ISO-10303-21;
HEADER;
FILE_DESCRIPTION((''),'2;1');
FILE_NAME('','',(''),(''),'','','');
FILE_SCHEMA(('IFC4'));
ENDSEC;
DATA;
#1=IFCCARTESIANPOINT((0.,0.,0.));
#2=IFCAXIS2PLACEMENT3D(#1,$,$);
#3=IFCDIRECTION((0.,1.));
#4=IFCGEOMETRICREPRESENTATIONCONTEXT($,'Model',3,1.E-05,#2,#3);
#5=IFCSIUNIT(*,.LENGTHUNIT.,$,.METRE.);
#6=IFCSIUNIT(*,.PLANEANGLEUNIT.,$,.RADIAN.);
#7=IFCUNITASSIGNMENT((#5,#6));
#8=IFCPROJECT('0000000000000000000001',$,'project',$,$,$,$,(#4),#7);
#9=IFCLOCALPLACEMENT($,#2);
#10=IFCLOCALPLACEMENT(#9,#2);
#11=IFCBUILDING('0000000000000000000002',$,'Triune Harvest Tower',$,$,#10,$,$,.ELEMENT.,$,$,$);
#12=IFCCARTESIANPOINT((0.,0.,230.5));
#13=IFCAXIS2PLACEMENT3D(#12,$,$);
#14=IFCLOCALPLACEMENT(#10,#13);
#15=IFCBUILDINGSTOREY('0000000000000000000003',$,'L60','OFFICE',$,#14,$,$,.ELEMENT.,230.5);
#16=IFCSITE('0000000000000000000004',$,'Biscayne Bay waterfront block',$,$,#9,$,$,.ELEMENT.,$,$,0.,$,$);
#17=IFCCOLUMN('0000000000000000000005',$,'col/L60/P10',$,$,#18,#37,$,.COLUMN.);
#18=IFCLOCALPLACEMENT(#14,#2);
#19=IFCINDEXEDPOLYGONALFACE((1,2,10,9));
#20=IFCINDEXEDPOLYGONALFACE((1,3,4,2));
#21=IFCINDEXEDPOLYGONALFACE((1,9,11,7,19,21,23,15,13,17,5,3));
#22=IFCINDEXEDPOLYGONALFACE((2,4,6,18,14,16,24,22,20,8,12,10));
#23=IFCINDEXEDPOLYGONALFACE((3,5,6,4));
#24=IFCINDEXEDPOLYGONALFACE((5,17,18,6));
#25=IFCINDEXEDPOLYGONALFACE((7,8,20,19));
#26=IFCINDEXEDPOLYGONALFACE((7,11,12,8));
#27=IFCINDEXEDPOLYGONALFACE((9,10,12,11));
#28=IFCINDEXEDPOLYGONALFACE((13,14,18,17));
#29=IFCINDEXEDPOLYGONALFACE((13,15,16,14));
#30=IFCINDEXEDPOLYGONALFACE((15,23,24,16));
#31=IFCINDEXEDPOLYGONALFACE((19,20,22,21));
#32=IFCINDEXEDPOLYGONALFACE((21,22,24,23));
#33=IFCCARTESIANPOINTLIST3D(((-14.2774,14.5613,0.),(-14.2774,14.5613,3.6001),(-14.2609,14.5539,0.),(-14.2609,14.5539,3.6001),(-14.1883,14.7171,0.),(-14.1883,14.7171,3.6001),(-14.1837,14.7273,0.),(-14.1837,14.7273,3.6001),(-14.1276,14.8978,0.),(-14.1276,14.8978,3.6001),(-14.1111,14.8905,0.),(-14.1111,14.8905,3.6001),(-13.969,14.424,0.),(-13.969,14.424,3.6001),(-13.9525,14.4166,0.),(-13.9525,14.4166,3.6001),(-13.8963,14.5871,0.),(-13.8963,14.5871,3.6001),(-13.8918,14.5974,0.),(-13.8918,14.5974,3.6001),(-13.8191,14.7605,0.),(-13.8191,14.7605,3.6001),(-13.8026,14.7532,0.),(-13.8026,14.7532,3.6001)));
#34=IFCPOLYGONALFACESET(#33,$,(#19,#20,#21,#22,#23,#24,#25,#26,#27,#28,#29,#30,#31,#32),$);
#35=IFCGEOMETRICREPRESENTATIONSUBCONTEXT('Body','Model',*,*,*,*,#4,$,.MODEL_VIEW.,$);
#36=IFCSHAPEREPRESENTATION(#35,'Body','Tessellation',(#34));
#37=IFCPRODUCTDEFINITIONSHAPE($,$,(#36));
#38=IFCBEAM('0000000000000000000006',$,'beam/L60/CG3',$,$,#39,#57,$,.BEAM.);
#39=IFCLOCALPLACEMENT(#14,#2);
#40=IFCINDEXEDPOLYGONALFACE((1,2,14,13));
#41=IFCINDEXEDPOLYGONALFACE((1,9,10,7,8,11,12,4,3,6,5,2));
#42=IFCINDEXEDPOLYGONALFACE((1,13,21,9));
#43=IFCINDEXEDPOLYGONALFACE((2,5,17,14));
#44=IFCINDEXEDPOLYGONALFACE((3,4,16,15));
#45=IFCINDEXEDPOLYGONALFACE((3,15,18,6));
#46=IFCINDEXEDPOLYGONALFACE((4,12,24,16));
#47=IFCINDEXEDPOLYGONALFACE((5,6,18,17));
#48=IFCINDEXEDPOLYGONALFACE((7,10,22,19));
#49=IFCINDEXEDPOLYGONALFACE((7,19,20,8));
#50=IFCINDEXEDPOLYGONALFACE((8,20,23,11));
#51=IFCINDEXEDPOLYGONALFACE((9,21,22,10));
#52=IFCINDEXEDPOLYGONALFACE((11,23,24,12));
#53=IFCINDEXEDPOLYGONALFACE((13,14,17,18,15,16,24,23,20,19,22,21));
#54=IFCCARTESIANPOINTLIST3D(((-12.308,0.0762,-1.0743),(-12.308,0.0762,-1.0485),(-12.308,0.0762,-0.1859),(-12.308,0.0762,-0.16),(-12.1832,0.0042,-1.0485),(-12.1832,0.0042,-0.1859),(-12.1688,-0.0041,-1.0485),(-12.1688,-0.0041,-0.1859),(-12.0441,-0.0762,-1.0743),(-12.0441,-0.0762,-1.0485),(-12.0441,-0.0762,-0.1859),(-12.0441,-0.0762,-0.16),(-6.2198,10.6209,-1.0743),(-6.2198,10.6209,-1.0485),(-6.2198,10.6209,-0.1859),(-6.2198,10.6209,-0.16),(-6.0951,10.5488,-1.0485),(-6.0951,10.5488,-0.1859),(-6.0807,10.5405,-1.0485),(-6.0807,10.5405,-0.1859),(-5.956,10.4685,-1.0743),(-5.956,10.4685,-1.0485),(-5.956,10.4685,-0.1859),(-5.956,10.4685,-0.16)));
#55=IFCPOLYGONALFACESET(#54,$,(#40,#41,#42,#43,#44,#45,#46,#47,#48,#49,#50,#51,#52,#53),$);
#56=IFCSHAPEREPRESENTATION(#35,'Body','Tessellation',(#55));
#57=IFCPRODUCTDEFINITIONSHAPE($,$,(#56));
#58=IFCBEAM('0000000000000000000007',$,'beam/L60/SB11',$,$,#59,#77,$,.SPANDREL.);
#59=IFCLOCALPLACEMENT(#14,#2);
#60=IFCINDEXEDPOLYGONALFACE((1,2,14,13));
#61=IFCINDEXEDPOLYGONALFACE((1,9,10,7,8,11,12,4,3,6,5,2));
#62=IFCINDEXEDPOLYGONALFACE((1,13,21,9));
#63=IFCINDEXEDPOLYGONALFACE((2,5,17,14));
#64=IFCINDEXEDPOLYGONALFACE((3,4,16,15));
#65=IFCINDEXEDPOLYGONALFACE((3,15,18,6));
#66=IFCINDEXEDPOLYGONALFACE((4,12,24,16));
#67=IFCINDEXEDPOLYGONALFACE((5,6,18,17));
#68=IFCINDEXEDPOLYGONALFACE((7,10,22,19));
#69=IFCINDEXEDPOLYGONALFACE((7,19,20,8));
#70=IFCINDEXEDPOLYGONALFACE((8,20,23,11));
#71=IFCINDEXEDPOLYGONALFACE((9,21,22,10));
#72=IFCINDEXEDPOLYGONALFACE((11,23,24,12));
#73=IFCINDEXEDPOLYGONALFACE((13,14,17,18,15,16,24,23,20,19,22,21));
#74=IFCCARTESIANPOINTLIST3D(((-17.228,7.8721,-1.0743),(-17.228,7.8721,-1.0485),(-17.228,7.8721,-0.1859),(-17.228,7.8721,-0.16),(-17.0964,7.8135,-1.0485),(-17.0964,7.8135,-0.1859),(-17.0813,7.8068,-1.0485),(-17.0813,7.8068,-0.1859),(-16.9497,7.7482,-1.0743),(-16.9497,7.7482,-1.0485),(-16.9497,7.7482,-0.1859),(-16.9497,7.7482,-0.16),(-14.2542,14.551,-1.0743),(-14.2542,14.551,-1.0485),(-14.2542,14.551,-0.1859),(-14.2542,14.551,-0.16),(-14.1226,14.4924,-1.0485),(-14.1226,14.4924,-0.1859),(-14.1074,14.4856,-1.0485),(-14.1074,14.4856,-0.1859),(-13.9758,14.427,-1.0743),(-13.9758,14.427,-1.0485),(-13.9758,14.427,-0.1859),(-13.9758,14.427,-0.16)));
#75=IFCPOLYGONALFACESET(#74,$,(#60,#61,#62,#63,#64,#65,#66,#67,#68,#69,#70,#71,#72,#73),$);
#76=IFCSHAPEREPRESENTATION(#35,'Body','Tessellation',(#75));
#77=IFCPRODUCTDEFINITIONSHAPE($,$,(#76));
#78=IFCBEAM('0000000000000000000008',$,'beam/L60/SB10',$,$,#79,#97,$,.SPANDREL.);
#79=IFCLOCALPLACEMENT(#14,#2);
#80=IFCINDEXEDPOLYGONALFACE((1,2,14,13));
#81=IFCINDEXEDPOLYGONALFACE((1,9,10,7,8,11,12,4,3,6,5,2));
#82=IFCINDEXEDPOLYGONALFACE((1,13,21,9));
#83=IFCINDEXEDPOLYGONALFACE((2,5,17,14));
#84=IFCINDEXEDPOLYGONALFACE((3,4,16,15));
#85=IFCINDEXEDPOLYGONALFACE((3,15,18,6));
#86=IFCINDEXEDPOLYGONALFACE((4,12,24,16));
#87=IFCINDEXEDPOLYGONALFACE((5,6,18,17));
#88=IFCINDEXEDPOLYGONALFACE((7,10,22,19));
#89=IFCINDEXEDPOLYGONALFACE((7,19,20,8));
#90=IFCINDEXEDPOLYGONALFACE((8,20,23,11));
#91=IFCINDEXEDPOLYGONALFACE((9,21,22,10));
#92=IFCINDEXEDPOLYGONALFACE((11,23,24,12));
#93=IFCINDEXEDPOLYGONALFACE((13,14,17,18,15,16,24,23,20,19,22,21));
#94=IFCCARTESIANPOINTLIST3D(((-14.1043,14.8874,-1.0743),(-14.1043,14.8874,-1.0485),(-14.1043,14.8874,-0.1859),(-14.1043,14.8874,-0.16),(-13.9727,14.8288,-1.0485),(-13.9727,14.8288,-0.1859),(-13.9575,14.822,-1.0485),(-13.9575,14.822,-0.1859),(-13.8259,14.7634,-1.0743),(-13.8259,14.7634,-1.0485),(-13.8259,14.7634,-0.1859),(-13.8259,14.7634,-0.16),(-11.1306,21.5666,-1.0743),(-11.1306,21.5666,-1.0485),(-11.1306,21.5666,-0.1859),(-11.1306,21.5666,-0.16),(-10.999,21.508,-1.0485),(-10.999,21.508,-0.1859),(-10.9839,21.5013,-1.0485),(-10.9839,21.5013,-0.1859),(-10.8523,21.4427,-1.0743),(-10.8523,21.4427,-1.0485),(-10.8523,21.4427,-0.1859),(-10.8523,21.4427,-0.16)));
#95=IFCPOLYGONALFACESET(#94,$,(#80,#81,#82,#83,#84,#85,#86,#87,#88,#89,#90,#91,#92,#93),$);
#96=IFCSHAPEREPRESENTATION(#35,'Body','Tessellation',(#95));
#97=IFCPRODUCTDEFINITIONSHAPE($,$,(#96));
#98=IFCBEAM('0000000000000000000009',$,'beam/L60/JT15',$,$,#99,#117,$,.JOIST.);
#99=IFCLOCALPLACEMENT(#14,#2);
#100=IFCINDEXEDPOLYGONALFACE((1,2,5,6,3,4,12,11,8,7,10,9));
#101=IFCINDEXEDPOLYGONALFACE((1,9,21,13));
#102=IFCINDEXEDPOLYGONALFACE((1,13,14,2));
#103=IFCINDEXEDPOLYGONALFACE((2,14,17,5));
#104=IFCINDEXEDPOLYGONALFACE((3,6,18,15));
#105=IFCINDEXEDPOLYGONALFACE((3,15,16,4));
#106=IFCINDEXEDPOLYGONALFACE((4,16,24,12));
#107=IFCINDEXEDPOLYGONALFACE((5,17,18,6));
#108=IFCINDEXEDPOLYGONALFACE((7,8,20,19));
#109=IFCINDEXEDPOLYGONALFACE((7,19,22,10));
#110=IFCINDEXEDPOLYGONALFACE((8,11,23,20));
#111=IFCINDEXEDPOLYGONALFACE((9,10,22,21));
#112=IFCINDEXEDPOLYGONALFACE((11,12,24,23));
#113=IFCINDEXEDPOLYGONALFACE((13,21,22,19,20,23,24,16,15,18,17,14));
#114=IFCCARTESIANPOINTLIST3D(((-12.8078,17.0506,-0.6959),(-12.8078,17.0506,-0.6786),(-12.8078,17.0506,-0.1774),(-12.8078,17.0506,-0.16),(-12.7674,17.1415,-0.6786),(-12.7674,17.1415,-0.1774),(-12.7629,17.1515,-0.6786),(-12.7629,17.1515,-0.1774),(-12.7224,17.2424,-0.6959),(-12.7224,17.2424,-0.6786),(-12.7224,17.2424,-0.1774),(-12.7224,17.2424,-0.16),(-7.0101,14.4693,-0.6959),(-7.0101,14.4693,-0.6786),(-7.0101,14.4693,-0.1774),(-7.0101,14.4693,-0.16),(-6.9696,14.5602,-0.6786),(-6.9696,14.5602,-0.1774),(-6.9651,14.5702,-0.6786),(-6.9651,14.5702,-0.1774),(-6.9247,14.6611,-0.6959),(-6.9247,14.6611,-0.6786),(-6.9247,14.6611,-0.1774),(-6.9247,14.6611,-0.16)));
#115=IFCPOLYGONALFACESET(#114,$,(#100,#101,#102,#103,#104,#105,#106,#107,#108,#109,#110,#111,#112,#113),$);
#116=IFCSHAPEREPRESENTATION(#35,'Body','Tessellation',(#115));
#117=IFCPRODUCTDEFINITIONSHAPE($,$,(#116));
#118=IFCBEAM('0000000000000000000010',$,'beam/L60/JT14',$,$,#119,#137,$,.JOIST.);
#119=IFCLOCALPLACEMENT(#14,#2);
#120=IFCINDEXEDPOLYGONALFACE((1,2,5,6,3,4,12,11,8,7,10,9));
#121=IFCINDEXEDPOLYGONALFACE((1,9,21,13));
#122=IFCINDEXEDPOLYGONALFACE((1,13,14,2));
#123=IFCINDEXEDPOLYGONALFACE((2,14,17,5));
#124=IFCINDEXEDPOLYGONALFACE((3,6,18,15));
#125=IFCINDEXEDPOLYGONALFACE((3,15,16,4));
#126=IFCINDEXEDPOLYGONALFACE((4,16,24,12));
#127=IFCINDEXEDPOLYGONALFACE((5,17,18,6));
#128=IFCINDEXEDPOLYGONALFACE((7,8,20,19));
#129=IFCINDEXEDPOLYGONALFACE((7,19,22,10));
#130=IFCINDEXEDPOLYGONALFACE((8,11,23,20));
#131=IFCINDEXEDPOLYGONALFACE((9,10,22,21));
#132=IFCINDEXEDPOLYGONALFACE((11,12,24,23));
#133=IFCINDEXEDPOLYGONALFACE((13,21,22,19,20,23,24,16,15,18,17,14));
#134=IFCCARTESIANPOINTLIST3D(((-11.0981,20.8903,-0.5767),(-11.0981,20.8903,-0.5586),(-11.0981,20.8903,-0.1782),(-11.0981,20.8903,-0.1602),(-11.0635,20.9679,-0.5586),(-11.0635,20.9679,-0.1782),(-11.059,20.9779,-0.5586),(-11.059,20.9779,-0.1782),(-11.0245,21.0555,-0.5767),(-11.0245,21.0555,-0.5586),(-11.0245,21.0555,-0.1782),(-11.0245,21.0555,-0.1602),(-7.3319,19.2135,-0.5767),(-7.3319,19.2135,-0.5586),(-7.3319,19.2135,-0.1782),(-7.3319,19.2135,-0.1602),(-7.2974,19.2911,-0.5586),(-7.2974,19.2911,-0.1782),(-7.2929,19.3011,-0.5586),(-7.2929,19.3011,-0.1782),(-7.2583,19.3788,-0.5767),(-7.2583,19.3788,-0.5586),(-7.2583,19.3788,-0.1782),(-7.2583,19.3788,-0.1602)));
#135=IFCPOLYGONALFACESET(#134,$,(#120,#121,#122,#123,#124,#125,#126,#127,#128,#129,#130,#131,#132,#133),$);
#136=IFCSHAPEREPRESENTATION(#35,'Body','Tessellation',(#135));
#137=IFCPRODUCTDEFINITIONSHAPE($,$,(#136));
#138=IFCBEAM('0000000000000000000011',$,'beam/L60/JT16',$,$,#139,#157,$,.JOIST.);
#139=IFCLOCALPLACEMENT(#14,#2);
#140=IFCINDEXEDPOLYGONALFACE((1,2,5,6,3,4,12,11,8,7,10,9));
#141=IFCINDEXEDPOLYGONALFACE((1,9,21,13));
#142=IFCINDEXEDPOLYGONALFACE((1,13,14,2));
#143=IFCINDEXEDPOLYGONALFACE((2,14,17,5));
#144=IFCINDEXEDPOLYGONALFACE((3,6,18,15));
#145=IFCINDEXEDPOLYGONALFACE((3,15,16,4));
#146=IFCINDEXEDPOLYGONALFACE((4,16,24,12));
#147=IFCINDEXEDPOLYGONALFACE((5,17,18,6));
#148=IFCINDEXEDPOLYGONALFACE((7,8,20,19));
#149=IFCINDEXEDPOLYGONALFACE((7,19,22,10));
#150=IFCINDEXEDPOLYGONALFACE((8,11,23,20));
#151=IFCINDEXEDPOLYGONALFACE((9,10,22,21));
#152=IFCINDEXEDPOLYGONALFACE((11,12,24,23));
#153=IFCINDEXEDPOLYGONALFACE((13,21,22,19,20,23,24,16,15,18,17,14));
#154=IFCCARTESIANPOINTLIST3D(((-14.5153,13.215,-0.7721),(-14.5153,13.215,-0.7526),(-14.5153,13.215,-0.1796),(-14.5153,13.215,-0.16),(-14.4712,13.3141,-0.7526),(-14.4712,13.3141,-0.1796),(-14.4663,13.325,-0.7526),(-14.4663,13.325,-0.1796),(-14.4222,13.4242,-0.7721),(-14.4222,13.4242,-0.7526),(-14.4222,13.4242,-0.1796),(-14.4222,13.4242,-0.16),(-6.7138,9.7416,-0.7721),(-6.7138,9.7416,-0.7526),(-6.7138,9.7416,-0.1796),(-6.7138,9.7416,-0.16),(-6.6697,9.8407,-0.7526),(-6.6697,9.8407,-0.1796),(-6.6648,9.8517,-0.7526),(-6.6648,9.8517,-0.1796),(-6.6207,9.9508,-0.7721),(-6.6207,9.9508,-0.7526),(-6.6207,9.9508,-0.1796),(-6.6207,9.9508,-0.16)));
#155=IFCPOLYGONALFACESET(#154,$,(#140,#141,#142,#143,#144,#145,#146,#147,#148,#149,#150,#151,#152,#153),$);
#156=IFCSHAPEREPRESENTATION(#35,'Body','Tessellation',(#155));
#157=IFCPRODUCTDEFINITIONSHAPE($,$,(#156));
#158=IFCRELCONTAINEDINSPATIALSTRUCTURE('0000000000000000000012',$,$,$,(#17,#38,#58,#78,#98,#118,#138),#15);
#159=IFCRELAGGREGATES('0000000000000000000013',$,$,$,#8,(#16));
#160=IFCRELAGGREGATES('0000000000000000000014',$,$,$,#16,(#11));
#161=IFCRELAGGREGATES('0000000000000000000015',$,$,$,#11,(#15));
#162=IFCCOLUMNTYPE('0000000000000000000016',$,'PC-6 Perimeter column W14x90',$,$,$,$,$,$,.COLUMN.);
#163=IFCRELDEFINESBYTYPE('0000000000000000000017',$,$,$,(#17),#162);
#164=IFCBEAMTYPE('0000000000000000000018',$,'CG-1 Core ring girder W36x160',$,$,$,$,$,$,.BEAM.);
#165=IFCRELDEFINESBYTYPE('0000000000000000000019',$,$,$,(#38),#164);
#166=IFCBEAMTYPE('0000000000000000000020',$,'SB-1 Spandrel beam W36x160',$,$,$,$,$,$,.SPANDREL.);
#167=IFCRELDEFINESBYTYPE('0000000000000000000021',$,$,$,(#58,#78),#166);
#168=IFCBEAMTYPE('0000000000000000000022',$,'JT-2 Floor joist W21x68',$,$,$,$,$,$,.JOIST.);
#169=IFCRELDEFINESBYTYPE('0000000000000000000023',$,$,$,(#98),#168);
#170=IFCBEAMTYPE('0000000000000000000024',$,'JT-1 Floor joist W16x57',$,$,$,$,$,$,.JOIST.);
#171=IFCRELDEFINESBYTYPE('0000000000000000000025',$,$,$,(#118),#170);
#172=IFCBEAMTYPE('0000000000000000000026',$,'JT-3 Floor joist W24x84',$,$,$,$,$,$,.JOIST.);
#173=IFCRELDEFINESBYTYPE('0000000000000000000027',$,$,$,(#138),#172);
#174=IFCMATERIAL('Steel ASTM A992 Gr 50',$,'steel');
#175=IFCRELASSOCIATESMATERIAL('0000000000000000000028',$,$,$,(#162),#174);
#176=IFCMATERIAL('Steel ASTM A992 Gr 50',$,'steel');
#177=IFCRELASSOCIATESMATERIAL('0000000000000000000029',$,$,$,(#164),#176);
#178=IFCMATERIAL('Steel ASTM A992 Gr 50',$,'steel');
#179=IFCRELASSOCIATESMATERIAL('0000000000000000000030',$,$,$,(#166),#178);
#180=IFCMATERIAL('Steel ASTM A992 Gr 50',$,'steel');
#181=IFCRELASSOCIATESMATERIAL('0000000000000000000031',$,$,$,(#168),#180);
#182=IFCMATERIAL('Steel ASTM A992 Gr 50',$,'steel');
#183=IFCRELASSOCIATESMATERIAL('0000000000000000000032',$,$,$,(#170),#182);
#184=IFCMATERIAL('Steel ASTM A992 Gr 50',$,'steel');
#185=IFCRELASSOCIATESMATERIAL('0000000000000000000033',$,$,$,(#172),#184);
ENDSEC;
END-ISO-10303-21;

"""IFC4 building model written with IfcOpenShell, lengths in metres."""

from ifc_helpers import new_model, si_unit, direction, frame, origin, origin_2d, place, context, subcontext, project, spatial, i_section, extrude, source, transform, mapped, material, material_profile, profile_set, type_object, element, save


model = new_model("IFC4")

# Units and contexts
model_context = context("Model", 3, precision=1e-05, world=origin(), true_north=direction((0.0, 1.0)))
body_context = subcontext(model_context, "Body", "Model", "MODEL_VIEW")
ifc_project = project(units=[si_unit("LENGTHUNIT", "METRE"), si_unit("PLANEANGLEUNIT", "RADIAN")], contexts=[model_context])

# Site, building, storey
site_placement = place(None, origin())
site = spatial("IfcSite", under=ifc_project, at=site_placement, Name="Biscayne Bay waterfront block", CompositionType="ELEMENT", RefElevation=0.0)
building_placement = place(site_placement, origin())
building = spatial("IfcBuilding", under=site, at=building_placement, Name="Triune Harvest Tower", CompositionType="ELEMENT")
storey_placement = place(building_placement, frame((0.0, 0.0, 230.5)))
storey = spatial("IfcBuildingStorey", under=building, at=storey_placement, Name="L60", Description="OFFICE", CompositionType="ELEMENT", Elevation=230.5)

# Column
ifc_material_1 = material(Name="Steel ASTM A992 Gr 50", Category="steel")
ifc_material_profile_1 = material_profile(ifc_material_1, i_section(OverallWidth=0.3684, OverallDepth=0.3557, WebThickness=0.0112, FlangeThickness=0.0181, at=origin_2d()), Name="W14x90")
ifc_profile_set_1 = profile_set([ifc_material_profile_1], Name="Steel ASTM A992 Gr 50")
column_type = type_object("IfcColumnType", Name="PC-6 Perimeter column W14x90", PredefinedType="COLUMN", material=ifc_profile_set_1)
shared_shape_1 = source(origin(), body_context, "Body", "SweptSolid", [
    extrude(i_section(OverallWidth=0.3684, OverallDepth=0.3557, WebThickness=0.0112, FlangeThickness=0.0181, at=origin_2d()), origin(), (0.0, 0.0, 1.0), 3.6001),
])
column_placement = place(storey_placement, frame((-14.04, 14.6572, 0.0), z_axis=(0.0, 0.0, 1.0), x_axis=(-0.406738, -0.913545, 0.0)))
element("IfcColumn", 1, at=column_placement, inside=storey, type_object=column_type, Name="col/L60/P10", PredefinedType="COLUMN", context=body_context, shape_type="MappedRepresentation", body=[
    mapped(shared_shape_1, transform((0.0, 0.0, 0.0), scale=1.0)),
])

# Beams
ifc_material_2 = material(Name="Steel ASTM A992 Gr 50", Category="steel")
ifc_material_profile_2 = material_profile(ifc_material_2, i_section(OverallWidth=0.3047, OverallDepth=0.9143, WebThickness=0.0166, FlangeThickness=0.0259, at=origin_2d()), Name="W36x160")
ifc_profile_set_2 = profile_set([ifc_material_profile_2], Name="Steel ASTM A992 Gr 50")
beam_type_1 = type_object("IfcBeamType", Name="CG-1 Core ring girder W36x160", PredefinedType="BEAM", material=ifc_profile_set_2)
shared_shape_2 = source(origin(), body_context, "Body", "SweptSolid", [
    extrude(i_section(OverallWidth=0.3047, OverallDepth=0.9143, WebThickness=0.0166, FlangeThickness=0.0259, at=origin_2d()), origin(), (0.0, 0.0, 1.0), 12.176),
])
beam_1_placement = place(storey_placement, frame((-6.0879, 10.5447, -0.6172), z_axis=(-0.50001, -0.86602, 0.0), x_axis=(0.86602, -0.50001, 0.0)))
element("IfcBeam", 2, at=beam_1_placement, inside=storey, type_object=beam_type_1, Name="beam/L60/CG3", PredefinedType="BEAM", context=body_context, shape_type="MappedRepresentation", body=[
    mapped(shared_shape_2, transform((0.0, 0.0, 0.0), scale=1.0)),
])
ifc_material_3 = material(Name="Steel ASTM A992 Gr 50", Category="steel")
ifc_material_profile_3 = material_profile(ifc_material_3, i_section(OverallWidth=0.3047, OverallDepth=0.9143, WebThickness=0.0166, FlangeThickness=0.0259, at=origin_2d()), Name="W36x160")
ifc_profile_set_3 = profile_set([ifc_material_profile_3], Name="Steel ASTM A992 Gr 50")
beam_type_2 = type_object("IfcBeamType", Name="SB-1 Spandrel beam W36x160", PredefinedType="SPANDREL", material=ifc_profile_set_3)
shared_shape_3 = source(origin(), body_context, "Body", "SweptSolid", [
    extrude(i_section(OverallWidth=0.3047, OverallDepth=0.9143, WebThickness=0.0166, FlangeThickness=0.0259, at=origin_2d()), origin(), (0.0, 0.0, 1.0), 7.311),
])
beam_2_placement = place(storey_placement, frame((-14.115, 14.489, -0.6172), z_axis=(-0.406761, -0.913535, 0.0), x_axis=(0.913535, -0.406761, 0.0)))
element("IfcBeam", 3, at=beam_2_placement, inside=storey, type_object=beam_type_2, Name="beam/L60/SB11", PredefinedType="SPANDREL", context=body_context, shape_type="MappedRepresentation", body=[
    mapped(shared_shape_3, transform((0.0, 0.0, 0.0), scale=1.0)),
])
shared_shape_4 = source(origin(), body_context, "Body", "SweptSolid", [
    extrude(i_section(OverallWidth=0.3047, OverallDepth=0.9143, WebThickness=0.0166, FlangeThickness=0.0259, at=origin_2d()), origin(), (0.0, 0.0, 1.0), 7.3113),
])
beam_3_placement = place(storey_placement, frame((-10.9915, 21.5046, -0.6172), z_axis=(-0.406721, -0.913552, 0.0), x_axis=(0.913552, -0.406721, 0.0)))
element("IfcBeam", 4, at=beam_3_placement, inside=storey, type_object=beam_type_2, Name="beam/L60/SB10", PredefinedType="SPANDREL", context=body_context, shape_type="MappedRepresentation", body=[
    mapped(shared_shape_4, transform((0.0, 0.0, 0.0), scale=1.0)),
])
ifc_material_4 = material(Name="Steel ASTM A992 Gr 50", Category="steel")
ifc_material_profile_4 = material_profile(ifc_material_4, i_section(OverallWidth=0.21, OverallDepth=0.5359, WebThickness=0.011, FlangeThickness=0.0173, at=origin_2d()), Name="W21x68")
ifc_profile_set_4 = profile_set([ifc_material_profile_4], Name="Steel ASTM A992 Gr 50")
beam_type_3 = type_object("IfcBeamType", Name="JT-2 Floor joist W21x68", PredefinedType="JOIST", material=ifc_profile_set_4)
shared_shape_5 = source(origin(), body_context, "Body", "SweptSolid", [
    extrude(i_section(OverallWidth=0.21, OverallDepth=0.5359, WebThickness=0.011, FlangeThickness=0.0173, at=origin_2d()), origin(), (0.0, 0.0, 1.0), 6.3464),
])
beam_4_placement = place(storey_placement, frame((-12.7651, 17.1465, -0.428), z_axis=(0.91355, -0.406727, 0.0), x_axis=(0.406727, 0.91355, 0.0)))
element("IfcBeam", 5, at=beam_4_placement, inside=storey, type_object=beam_type_3, Name="beam/L60/JT15", PredefinedType="JOIST", context=body_context, shape_type="MappedRepresentation", body=[
    mapped(shared_shape_5, transform((0.0, 0.0, 0.0), scale=1.0)),
])
ifc_material_5 = material(Name="Steel ASTM A992 Gr 50", Category="steel")
ifc_material_profile_5 = material_profile(ifc_material_5, i_section(OverallWidth=0.1809, OverallDepth=0.4165, WebThickness=0.011, FlangeThickness=0.0181, at=origin_2d()), Name="W16x57")
ifc_profile_set_5 = profile_set([ifc_material_profile_5], Name="Steel ASTM A992 Gr 50")
beam_type_4 = type_object("IfcBeamType", Name="JT-1 Floor joist W16x57", PredefinedType="JOIST", material=ifc_profile_set_5)
shared_shape_6 = source(origin(), body_context, "Body", "SweptSolid", [
    extrude(i_section(OverallWidth=0.1809, OverallDepth=0.4165, WebThickness=0.011, FlangeThickness=0.0181, at=origin_2d()), origin(), (0.0, 0.0, 1.0), 4.1226),
])
beam_5_placement = place(storey_placement, frame((-11.0613, 20.9729, -0.3684), z_axis=(0.913548, -0.406732, 0.0), x_axis=(0.406732, 0.913548, 0.0)))
element("IfcBeam", 6, at=beam_5_placement, inside=storey, type_object=beam_type_4, Name="beam/L60/JT14", PredefinedType="JOIST", context=body_context, shape_type="MappedRepresentation", body=[
    mapped(shared_shape_6, transform((0.0, 0.0, 0.0), scale=1.0)),
])
ifc_material_6 = material(Name="Steel ASTM A992 Gr 50", Category="steel")
ifc_material_profile_6 = material_profile(ifc_material_6, i_section(OverallWidth=0.229, OverallDepth=0.6121, WebThickness=0.012, FlangeThickness=0.0195, at=origin_2d()), Name="W24x84")
ifc_profile_set_6 = profile_set([ifc_material_profile_6], Name="Steel ASTM A992 Gr 50")
beam_type_5 = type_object("IfcBeamType", Name="JT-3 Floor joist W24x84", PredefinedType="JOIST", material=ifc_profile_set_6)
shared_shape_7 = source(origin(), body_context, "Body", "SweptSolid", [
    extrude(i_section(OverallWidth=0.229, OverallDepth=0.6121, WebThickness=0.012, FlangeThickness=0.0195, at=origin_2d()), origin(), (0.0, 0.0, 1.0), 8.5398),
])
beam_6_placement = place(storey_placement, frame((-14.4688, 13.3196, -0.4661), z_axis=(0.913548, -0.40673, 0.0), x_axis=(0.40673, 0.913548, 0.0)))
element("IfcBeam", 7, at=beam_6_placement, inside=storey, type_object=beam_type_5, Name="beam/L60/JT16", PredefinedType="JOIST", context=body_context, shape_type="MappedRepresentation", body=[
    mapped(shared_shape_7, transform((0.0, 0.0, 0.0), scale=1.0)),
])

save(model, "model.ifc")
